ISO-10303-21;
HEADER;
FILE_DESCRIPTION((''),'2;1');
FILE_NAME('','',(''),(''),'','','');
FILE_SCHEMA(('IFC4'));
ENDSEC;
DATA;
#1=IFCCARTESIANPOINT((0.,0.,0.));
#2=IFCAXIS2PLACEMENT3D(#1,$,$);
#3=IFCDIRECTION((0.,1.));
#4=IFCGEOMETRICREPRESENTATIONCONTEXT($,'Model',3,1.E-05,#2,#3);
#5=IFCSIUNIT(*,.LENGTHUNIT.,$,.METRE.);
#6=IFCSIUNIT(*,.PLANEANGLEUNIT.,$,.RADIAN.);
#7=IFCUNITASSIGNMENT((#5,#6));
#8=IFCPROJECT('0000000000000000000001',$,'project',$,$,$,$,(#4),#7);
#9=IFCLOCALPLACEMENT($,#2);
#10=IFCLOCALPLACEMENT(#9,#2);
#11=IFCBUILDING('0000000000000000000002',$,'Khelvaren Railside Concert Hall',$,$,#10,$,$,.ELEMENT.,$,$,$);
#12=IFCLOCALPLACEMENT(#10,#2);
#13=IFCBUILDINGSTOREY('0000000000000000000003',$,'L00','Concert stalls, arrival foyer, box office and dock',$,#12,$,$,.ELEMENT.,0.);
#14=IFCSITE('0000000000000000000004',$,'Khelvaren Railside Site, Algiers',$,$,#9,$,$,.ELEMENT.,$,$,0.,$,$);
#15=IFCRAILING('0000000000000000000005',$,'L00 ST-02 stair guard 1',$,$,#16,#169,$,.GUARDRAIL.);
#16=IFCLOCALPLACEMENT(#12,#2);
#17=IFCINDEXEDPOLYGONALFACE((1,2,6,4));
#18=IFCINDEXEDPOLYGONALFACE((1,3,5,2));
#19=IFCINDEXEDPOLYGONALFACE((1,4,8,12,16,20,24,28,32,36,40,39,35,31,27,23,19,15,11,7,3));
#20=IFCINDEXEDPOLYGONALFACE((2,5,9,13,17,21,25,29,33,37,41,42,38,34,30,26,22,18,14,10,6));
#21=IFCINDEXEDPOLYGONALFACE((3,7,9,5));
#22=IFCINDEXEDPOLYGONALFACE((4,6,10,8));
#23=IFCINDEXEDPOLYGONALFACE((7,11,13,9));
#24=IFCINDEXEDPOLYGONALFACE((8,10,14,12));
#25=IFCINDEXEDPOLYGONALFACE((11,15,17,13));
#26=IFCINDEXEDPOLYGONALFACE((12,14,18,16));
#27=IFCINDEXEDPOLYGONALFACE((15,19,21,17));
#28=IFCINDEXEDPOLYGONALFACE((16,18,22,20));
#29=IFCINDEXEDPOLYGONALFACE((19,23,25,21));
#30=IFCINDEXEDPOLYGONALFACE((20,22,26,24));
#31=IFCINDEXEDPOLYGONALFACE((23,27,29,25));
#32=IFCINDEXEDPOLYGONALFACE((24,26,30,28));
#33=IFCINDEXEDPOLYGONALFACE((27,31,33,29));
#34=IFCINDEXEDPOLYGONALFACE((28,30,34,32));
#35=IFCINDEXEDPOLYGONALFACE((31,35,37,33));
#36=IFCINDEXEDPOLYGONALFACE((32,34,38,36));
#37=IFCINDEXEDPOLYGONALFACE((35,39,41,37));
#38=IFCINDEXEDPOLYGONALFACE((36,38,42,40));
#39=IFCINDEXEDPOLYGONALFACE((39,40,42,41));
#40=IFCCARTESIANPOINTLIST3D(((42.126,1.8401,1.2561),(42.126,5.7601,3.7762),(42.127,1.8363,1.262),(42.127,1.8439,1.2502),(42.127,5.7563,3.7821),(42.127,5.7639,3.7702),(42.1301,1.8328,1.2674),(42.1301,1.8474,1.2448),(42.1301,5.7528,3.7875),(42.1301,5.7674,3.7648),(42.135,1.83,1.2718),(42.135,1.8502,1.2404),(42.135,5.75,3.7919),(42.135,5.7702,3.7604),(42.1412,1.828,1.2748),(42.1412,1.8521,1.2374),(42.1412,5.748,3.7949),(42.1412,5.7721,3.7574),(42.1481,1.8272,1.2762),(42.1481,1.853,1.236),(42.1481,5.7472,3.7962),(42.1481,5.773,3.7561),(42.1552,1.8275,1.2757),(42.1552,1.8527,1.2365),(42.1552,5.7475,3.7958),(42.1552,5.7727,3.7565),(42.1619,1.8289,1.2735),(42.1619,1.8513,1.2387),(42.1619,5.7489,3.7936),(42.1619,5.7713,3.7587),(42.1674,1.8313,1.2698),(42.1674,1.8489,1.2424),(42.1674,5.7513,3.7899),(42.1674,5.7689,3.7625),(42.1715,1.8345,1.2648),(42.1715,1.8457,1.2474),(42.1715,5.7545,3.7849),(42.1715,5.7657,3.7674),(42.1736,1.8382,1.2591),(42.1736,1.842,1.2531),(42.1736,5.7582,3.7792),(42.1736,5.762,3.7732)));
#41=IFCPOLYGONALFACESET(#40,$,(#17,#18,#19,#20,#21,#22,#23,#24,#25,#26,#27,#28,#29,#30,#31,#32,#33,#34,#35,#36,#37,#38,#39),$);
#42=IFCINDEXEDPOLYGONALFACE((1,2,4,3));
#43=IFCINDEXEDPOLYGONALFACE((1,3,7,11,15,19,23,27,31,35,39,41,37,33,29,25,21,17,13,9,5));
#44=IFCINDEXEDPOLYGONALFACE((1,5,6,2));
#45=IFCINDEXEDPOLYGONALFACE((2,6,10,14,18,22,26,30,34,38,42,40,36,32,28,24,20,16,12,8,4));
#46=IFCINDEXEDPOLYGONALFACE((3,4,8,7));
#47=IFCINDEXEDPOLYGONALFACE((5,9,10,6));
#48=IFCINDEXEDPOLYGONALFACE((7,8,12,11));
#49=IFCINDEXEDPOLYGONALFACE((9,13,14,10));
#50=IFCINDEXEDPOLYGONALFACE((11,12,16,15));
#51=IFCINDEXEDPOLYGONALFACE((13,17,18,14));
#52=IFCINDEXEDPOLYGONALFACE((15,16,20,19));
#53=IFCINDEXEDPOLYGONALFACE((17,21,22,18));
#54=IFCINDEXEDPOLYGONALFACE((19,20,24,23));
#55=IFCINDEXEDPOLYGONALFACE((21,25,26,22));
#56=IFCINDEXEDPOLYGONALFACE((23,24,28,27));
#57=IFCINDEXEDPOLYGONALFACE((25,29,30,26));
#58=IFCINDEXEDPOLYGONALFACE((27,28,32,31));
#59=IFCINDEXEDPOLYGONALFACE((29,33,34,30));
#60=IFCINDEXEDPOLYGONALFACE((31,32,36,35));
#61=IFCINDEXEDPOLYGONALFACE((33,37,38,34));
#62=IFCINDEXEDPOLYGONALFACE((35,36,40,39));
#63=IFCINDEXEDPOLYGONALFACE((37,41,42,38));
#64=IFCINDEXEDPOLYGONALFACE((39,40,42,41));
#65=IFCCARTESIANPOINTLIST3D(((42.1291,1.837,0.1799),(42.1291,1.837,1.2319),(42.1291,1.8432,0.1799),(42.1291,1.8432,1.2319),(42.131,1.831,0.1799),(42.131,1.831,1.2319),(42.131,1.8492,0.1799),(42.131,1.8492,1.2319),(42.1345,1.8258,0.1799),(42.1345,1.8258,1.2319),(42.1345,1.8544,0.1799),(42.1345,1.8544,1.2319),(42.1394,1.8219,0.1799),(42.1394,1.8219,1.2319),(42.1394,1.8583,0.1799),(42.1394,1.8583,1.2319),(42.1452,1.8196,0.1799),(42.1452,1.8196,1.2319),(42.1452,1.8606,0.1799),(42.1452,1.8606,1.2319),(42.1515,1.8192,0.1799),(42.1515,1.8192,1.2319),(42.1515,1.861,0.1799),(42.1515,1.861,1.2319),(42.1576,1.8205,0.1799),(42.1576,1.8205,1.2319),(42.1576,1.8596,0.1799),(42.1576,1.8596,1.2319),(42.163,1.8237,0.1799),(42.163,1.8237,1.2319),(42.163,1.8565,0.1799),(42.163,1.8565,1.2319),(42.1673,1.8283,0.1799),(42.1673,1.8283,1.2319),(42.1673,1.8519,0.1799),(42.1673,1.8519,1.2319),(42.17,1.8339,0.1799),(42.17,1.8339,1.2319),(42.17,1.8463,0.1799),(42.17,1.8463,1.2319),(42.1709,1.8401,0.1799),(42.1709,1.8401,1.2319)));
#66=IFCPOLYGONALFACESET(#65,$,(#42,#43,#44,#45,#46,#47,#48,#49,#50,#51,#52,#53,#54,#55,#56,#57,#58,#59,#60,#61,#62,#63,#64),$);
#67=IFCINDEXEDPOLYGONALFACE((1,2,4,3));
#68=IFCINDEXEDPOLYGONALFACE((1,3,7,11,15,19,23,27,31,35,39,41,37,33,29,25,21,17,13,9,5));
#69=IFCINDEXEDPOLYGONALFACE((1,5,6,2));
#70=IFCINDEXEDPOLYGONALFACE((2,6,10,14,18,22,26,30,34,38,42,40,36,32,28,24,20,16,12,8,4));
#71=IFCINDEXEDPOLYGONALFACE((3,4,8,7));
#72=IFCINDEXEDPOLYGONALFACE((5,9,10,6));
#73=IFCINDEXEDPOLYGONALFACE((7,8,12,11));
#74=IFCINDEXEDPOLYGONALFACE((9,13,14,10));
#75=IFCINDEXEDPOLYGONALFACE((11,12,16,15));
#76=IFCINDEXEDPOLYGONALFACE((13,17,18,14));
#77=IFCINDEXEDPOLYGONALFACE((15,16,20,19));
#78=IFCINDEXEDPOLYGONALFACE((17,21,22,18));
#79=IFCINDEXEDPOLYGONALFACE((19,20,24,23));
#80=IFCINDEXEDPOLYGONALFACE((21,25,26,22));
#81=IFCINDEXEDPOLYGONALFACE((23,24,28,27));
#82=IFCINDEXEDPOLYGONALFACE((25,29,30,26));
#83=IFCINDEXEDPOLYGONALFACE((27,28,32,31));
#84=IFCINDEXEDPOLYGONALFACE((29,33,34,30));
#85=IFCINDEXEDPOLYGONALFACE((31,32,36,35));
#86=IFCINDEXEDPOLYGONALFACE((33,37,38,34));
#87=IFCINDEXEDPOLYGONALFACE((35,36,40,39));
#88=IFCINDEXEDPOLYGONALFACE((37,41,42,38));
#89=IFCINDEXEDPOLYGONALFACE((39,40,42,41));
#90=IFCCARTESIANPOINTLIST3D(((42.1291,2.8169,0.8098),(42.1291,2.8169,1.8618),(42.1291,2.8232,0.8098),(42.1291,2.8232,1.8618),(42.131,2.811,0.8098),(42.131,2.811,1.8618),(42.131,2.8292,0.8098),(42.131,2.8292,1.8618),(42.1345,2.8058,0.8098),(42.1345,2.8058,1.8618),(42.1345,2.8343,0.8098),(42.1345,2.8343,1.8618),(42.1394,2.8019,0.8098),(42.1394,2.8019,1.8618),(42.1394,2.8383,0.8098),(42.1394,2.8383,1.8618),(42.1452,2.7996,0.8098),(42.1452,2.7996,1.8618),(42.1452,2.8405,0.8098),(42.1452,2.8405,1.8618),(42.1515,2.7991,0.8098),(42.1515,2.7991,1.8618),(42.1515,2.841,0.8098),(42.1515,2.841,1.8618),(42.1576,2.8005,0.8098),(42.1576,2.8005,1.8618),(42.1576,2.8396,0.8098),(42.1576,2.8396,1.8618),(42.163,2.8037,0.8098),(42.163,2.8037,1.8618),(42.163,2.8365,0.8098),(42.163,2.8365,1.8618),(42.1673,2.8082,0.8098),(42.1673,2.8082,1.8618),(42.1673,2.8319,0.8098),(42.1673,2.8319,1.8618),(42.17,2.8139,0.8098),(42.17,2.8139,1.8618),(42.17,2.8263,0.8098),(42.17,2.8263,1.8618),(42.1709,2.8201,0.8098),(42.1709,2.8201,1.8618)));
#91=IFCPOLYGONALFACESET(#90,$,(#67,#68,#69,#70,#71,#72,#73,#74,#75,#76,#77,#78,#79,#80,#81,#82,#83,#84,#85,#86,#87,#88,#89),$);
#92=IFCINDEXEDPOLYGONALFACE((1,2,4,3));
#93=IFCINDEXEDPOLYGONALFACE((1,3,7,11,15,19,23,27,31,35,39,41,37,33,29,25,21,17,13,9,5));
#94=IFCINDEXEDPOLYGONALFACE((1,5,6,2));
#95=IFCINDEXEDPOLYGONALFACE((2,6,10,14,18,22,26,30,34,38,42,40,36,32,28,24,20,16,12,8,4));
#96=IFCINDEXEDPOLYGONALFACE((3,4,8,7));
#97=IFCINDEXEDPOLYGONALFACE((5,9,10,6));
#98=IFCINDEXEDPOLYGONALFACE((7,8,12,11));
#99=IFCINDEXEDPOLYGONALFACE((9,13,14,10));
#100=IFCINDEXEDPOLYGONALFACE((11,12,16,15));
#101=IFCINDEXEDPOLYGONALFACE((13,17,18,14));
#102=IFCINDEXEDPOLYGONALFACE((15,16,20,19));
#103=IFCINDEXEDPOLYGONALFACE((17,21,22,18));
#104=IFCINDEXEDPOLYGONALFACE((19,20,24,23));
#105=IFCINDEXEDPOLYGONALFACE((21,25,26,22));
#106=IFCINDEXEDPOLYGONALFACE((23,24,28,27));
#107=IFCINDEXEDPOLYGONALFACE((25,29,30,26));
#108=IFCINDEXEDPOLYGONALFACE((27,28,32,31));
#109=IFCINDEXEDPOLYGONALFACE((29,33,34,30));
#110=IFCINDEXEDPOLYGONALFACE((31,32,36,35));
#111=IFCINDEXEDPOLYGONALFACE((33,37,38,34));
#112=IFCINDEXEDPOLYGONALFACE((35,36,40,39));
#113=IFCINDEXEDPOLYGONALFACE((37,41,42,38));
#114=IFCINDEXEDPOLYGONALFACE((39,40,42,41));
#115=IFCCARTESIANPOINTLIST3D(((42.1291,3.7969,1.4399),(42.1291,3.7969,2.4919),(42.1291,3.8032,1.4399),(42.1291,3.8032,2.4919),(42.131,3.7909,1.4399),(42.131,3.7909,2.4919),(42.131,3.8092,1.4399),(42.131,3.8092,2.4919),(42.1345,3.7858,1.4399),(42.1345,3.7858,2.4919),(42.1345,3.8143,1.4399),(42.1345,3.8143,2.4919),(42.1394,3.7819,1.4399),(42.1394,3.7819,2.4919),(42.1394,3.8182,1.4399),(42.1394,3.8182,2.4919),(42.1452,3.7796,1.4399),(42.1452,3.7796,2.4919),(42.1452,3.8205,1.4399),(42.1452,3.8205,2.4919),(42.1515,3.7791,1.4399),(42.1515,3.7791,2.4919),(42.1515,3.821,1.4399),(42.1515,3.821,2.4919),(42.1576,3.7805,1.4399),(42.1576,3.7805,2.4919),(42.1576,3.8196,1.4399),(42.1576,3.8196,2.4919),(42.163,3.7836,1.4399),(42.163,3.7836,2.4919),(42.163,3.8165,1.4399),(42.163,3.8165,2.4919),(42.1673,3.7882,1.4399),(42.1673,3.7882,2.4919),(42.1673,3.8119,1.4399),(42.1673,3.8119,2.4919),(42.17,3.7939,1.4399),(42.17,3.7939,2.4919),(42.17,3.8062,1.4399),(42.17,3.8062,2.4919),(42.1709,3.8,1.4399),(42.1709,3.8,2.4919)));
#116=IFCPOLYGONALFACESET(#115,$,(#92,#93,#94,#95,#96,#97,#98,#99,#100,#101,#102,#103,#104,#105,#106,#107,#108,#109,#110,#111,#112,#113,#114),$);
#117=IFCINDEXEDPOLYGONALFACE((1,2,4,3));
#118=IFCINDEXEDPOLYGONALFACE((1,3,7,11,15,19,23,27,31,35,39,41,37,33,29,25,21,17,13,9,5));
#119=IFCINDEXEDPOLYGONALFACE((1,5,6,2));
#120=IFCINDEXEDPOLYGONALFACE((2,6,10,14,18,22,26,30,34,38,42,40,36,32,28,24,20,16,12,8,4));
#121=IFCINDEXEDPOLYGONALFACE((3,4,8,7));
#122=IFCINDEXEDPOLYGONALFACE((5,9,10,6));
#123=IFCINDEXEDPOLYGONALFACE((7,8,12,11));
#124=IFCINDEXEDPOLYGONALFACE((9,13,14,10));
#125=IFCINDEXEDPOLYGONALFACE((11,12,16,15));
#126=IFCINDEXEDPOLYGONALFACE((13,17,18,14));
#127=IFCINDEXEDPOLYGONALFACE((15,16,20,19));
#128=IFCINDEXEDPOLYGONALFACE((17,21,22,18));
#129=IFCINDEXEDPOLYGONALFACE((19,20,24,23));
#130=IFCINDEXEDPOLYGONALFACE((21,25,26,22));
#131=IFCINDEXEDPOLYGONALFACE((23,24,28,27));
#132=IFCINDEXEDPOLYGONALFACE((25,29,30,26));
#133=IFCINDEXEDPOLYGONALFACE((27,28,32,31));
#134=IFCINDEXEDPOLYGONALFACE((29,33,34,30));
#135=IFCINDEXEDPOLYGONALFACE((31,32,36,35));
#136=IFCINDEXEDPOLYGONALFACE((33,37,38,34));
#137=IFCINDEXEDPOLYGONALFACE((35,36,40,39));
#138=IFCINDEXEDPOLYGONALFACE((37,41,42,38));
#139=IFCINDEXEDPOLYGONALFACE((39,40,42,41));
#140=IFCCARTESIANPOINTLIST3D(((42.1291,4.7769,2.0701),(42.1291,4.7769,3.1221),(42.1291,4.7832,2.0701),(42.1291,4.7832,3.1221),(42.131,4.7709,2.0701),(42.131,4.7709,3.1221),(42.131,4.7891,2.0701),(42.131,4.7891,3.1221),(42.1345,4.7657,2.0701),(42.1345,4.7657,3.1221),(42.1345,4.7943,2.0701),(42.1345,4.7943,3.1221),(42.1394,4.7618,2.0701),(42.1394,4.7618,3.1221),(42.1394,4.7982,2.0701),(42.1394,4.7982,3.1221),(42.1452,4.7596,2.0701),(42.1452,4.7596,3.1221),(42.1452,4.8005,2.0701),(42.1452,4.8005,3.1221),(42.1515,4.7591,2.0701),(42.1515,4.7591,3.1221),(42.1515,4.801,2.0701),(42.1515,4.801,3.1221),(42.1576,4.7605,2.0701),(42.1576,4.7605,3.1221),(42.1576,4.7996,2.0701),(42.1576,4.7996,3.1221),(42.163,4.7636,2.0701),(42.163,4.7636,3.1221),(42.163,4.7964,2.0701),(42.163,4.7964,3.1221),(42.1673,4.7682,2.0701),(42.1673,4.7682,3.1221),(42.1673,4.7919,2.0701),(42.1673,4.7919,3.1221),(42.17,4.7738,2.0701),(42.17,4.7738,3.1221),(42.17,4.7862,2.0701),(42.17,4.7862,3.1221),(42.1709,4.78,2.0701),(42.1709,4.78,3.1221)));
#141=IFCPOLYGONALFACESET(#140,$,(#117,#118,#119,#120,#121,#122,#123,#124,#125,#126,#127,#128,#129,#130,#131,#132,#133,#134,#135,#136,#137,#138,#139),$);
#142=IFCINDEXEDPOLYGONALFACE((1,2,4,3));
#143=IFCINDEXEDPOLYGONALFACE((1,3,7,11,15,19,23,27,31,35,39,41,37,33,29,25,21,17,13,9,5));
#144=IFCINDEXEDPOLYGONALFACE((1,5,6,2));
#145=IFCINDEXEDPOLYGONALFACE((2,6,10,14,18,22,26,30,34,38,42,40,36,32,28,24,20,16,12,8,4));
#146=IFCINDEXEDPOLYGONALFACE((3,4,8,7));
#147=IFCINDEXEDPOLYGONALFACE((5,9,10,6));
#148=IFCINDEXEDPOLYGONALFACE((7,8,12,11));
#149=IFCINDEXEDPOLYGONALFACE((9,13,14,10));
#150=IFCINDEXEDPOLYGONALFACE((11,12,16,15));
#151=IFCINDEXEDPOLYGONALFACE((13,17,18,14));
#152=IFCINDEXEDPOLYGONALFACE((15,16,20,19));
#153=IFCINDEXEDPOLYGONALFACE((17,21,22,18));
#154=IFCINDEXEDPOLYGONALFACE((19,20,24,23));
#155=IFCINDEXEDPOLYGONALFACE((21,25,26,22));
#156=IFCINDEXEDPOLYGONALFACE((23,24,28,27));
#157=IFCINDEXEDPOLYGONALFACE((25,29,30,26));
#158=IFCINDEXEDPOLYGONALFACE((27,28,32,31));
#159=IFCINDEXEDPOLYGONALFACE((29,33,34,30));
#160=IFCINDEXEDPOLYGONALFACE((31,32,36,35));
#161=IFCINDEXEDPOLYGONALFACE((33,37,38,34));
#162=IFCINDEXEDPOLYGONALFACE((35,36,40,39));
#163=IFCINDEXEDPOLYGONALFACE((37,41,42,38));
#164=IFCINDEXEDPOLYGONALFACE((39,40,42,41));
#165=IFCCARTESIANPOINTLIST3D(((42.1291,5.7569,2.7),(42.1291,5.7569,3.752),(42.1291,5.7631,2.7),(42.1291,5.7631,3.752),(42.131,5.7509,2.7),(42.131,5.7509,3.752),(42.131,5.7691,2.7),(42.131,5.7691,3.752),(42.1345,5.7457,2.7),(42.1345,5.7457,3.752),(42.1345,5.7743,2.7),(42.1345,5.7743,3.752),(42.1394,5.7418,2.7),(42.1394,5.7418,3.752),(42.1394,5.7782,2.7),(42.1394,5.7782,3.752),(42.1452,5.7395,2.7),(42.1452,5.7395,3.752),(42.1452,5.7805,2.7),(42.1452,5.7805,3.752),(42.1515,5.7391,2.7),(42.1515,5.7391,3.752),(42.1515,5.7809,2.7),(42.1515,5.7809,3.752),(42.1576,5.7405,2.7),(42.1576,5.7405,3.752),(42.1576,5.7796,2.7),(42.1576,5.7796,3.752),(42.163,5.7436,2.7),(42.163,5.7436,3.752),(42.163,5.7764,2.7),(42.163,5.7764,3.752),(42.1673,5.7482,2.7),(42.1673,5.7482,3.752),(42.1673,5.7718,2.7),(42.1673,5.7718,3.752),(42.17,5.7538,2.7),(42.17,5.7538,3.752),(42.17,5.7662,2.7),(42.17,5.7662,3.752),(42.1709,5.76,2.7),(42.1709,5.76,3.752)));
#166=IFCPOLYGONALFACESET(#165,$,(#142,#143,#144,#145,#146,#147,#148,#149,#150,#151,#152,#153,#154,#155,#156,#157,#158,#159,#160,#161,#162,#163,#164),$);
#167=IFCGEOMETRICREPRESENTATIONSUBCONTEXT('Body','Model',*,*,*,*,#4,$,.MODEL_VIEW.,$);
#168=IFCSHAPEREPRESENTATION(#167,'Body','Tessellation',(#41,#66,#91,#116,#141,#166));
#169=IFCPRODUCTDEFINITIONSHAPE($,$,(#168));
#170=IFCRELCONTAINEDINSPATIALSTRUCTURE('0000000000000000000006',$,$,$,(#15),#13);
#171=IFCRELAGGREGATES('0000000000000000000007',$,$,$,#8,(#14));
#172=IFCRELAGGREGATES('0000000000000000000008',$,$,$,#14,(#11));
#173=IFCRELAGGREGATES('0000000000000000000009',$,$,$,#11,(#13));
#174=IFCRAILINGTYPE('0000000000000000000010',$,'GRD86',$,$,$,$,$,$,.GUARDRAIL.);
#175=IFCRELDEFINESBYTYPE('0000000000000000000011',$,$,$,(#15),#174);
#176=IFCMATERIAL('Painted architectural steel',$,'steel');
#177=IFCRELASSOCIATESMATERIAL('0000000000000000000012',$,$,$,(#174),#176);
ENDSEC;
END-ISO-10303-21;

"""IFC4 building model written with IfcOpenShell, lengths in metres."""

from ifc_helpers import new_model, si_unit, direction, frame, origin, origin_2d, place, context, subcontext, project, spatial, circle, extrude, material, type_object, element, save


model = new_model("IFC4")

# Units and contexts
model_context = context("Model", 3, precision=1e-05, world=origin(), true_north=direction((0.0, 1.0)))
body_context = subcontext(model_context, "Body", "Model", "MODEL_VIEW")
ifc_project = project(units=[si_unit("LENGTHUNIT", "METRE"), si_unit("PLANEANGLEUNIT", "RADIAN")], contexts=[model_context])

# Site, building, storey
site_placement = place(None, origin())
site = spatial("IfcSite", under=ifc_project, at=site_placement, Name="Khelvaren Railside Site, Algiers", CompositionType="ELEMENT", RefElevation=0.0)
building_placement = place(site_placement, origin())
building = spatial("IfcBuilding", under=site, at=building_placement, Name="Khelvaren Railside Concert Hall", CompositionType="ELEMENT")
storey_placement = place(building_placement, origin())
storey = spatial("IfcBuildingStorey", under=building, at=storey_placement, Name="L00", Description="Concert stalls, arrival foyer, box office and dock", CompositionType="ELEMENT", Elevation=0.0)

# Railing
ifc_material_1 = material(Name="Painted architectural steel", Category="steel")
railing_type_1 = type_object("IfcRailingType", Name="GRD86", PredefinedType="GUARDRAIL", material=ifc_material_1)
railing_1_placement = place(storey_placement, frame((42.1499, 1.8401, 0.1799)))
element("IfcRailing", 1, at=railing_1_placement, inside=storey, type_object=railing_type_1, Name="L00 ST-02 stair guard 1", PredefinedType="GUARDRAIL", context=body_context, shape_type="SweptSolid", body=[
    extrude(circle(Radius=0.0239, at=origin_2d()), frame((0.0, 0.0, 1.0762), z_axis=(0.0, 0.841172, 0.540768), x_axis=(-1.0, 0.0, 0.0)), (0.0, 0.0, 1.0), 4.6602),
    extrude(circle(Radius=0.021, at=origin_2d()), origin(), (0.0, 0.0, 1.0), 1.052),
    extrude(circle(Radius=0.021, at=origin_2d()), frame((0.0, 0.98, 0.6299)), (0.0, 0.0, 1.0), 1.052),
    extrude(circle(Radius=0.021, at=origin_2d()), frame((0.0, 1.96, 1.26)), (0.0, 0.0, 1.0), 1.052),
    extrude(circle(Radius=0.021, at=origin_2d()), frame((0.0, 2.9399, 1.8901)), (0.0, 0.0, 1.0), 1.052),
    extrude(circle(Radius=0.021, at=origin_2d()), frame((0.0, 3.9199, 2.52)), (0.0, 0.0, 1.0), 1.052),
])

save(model, "model.ifc")
